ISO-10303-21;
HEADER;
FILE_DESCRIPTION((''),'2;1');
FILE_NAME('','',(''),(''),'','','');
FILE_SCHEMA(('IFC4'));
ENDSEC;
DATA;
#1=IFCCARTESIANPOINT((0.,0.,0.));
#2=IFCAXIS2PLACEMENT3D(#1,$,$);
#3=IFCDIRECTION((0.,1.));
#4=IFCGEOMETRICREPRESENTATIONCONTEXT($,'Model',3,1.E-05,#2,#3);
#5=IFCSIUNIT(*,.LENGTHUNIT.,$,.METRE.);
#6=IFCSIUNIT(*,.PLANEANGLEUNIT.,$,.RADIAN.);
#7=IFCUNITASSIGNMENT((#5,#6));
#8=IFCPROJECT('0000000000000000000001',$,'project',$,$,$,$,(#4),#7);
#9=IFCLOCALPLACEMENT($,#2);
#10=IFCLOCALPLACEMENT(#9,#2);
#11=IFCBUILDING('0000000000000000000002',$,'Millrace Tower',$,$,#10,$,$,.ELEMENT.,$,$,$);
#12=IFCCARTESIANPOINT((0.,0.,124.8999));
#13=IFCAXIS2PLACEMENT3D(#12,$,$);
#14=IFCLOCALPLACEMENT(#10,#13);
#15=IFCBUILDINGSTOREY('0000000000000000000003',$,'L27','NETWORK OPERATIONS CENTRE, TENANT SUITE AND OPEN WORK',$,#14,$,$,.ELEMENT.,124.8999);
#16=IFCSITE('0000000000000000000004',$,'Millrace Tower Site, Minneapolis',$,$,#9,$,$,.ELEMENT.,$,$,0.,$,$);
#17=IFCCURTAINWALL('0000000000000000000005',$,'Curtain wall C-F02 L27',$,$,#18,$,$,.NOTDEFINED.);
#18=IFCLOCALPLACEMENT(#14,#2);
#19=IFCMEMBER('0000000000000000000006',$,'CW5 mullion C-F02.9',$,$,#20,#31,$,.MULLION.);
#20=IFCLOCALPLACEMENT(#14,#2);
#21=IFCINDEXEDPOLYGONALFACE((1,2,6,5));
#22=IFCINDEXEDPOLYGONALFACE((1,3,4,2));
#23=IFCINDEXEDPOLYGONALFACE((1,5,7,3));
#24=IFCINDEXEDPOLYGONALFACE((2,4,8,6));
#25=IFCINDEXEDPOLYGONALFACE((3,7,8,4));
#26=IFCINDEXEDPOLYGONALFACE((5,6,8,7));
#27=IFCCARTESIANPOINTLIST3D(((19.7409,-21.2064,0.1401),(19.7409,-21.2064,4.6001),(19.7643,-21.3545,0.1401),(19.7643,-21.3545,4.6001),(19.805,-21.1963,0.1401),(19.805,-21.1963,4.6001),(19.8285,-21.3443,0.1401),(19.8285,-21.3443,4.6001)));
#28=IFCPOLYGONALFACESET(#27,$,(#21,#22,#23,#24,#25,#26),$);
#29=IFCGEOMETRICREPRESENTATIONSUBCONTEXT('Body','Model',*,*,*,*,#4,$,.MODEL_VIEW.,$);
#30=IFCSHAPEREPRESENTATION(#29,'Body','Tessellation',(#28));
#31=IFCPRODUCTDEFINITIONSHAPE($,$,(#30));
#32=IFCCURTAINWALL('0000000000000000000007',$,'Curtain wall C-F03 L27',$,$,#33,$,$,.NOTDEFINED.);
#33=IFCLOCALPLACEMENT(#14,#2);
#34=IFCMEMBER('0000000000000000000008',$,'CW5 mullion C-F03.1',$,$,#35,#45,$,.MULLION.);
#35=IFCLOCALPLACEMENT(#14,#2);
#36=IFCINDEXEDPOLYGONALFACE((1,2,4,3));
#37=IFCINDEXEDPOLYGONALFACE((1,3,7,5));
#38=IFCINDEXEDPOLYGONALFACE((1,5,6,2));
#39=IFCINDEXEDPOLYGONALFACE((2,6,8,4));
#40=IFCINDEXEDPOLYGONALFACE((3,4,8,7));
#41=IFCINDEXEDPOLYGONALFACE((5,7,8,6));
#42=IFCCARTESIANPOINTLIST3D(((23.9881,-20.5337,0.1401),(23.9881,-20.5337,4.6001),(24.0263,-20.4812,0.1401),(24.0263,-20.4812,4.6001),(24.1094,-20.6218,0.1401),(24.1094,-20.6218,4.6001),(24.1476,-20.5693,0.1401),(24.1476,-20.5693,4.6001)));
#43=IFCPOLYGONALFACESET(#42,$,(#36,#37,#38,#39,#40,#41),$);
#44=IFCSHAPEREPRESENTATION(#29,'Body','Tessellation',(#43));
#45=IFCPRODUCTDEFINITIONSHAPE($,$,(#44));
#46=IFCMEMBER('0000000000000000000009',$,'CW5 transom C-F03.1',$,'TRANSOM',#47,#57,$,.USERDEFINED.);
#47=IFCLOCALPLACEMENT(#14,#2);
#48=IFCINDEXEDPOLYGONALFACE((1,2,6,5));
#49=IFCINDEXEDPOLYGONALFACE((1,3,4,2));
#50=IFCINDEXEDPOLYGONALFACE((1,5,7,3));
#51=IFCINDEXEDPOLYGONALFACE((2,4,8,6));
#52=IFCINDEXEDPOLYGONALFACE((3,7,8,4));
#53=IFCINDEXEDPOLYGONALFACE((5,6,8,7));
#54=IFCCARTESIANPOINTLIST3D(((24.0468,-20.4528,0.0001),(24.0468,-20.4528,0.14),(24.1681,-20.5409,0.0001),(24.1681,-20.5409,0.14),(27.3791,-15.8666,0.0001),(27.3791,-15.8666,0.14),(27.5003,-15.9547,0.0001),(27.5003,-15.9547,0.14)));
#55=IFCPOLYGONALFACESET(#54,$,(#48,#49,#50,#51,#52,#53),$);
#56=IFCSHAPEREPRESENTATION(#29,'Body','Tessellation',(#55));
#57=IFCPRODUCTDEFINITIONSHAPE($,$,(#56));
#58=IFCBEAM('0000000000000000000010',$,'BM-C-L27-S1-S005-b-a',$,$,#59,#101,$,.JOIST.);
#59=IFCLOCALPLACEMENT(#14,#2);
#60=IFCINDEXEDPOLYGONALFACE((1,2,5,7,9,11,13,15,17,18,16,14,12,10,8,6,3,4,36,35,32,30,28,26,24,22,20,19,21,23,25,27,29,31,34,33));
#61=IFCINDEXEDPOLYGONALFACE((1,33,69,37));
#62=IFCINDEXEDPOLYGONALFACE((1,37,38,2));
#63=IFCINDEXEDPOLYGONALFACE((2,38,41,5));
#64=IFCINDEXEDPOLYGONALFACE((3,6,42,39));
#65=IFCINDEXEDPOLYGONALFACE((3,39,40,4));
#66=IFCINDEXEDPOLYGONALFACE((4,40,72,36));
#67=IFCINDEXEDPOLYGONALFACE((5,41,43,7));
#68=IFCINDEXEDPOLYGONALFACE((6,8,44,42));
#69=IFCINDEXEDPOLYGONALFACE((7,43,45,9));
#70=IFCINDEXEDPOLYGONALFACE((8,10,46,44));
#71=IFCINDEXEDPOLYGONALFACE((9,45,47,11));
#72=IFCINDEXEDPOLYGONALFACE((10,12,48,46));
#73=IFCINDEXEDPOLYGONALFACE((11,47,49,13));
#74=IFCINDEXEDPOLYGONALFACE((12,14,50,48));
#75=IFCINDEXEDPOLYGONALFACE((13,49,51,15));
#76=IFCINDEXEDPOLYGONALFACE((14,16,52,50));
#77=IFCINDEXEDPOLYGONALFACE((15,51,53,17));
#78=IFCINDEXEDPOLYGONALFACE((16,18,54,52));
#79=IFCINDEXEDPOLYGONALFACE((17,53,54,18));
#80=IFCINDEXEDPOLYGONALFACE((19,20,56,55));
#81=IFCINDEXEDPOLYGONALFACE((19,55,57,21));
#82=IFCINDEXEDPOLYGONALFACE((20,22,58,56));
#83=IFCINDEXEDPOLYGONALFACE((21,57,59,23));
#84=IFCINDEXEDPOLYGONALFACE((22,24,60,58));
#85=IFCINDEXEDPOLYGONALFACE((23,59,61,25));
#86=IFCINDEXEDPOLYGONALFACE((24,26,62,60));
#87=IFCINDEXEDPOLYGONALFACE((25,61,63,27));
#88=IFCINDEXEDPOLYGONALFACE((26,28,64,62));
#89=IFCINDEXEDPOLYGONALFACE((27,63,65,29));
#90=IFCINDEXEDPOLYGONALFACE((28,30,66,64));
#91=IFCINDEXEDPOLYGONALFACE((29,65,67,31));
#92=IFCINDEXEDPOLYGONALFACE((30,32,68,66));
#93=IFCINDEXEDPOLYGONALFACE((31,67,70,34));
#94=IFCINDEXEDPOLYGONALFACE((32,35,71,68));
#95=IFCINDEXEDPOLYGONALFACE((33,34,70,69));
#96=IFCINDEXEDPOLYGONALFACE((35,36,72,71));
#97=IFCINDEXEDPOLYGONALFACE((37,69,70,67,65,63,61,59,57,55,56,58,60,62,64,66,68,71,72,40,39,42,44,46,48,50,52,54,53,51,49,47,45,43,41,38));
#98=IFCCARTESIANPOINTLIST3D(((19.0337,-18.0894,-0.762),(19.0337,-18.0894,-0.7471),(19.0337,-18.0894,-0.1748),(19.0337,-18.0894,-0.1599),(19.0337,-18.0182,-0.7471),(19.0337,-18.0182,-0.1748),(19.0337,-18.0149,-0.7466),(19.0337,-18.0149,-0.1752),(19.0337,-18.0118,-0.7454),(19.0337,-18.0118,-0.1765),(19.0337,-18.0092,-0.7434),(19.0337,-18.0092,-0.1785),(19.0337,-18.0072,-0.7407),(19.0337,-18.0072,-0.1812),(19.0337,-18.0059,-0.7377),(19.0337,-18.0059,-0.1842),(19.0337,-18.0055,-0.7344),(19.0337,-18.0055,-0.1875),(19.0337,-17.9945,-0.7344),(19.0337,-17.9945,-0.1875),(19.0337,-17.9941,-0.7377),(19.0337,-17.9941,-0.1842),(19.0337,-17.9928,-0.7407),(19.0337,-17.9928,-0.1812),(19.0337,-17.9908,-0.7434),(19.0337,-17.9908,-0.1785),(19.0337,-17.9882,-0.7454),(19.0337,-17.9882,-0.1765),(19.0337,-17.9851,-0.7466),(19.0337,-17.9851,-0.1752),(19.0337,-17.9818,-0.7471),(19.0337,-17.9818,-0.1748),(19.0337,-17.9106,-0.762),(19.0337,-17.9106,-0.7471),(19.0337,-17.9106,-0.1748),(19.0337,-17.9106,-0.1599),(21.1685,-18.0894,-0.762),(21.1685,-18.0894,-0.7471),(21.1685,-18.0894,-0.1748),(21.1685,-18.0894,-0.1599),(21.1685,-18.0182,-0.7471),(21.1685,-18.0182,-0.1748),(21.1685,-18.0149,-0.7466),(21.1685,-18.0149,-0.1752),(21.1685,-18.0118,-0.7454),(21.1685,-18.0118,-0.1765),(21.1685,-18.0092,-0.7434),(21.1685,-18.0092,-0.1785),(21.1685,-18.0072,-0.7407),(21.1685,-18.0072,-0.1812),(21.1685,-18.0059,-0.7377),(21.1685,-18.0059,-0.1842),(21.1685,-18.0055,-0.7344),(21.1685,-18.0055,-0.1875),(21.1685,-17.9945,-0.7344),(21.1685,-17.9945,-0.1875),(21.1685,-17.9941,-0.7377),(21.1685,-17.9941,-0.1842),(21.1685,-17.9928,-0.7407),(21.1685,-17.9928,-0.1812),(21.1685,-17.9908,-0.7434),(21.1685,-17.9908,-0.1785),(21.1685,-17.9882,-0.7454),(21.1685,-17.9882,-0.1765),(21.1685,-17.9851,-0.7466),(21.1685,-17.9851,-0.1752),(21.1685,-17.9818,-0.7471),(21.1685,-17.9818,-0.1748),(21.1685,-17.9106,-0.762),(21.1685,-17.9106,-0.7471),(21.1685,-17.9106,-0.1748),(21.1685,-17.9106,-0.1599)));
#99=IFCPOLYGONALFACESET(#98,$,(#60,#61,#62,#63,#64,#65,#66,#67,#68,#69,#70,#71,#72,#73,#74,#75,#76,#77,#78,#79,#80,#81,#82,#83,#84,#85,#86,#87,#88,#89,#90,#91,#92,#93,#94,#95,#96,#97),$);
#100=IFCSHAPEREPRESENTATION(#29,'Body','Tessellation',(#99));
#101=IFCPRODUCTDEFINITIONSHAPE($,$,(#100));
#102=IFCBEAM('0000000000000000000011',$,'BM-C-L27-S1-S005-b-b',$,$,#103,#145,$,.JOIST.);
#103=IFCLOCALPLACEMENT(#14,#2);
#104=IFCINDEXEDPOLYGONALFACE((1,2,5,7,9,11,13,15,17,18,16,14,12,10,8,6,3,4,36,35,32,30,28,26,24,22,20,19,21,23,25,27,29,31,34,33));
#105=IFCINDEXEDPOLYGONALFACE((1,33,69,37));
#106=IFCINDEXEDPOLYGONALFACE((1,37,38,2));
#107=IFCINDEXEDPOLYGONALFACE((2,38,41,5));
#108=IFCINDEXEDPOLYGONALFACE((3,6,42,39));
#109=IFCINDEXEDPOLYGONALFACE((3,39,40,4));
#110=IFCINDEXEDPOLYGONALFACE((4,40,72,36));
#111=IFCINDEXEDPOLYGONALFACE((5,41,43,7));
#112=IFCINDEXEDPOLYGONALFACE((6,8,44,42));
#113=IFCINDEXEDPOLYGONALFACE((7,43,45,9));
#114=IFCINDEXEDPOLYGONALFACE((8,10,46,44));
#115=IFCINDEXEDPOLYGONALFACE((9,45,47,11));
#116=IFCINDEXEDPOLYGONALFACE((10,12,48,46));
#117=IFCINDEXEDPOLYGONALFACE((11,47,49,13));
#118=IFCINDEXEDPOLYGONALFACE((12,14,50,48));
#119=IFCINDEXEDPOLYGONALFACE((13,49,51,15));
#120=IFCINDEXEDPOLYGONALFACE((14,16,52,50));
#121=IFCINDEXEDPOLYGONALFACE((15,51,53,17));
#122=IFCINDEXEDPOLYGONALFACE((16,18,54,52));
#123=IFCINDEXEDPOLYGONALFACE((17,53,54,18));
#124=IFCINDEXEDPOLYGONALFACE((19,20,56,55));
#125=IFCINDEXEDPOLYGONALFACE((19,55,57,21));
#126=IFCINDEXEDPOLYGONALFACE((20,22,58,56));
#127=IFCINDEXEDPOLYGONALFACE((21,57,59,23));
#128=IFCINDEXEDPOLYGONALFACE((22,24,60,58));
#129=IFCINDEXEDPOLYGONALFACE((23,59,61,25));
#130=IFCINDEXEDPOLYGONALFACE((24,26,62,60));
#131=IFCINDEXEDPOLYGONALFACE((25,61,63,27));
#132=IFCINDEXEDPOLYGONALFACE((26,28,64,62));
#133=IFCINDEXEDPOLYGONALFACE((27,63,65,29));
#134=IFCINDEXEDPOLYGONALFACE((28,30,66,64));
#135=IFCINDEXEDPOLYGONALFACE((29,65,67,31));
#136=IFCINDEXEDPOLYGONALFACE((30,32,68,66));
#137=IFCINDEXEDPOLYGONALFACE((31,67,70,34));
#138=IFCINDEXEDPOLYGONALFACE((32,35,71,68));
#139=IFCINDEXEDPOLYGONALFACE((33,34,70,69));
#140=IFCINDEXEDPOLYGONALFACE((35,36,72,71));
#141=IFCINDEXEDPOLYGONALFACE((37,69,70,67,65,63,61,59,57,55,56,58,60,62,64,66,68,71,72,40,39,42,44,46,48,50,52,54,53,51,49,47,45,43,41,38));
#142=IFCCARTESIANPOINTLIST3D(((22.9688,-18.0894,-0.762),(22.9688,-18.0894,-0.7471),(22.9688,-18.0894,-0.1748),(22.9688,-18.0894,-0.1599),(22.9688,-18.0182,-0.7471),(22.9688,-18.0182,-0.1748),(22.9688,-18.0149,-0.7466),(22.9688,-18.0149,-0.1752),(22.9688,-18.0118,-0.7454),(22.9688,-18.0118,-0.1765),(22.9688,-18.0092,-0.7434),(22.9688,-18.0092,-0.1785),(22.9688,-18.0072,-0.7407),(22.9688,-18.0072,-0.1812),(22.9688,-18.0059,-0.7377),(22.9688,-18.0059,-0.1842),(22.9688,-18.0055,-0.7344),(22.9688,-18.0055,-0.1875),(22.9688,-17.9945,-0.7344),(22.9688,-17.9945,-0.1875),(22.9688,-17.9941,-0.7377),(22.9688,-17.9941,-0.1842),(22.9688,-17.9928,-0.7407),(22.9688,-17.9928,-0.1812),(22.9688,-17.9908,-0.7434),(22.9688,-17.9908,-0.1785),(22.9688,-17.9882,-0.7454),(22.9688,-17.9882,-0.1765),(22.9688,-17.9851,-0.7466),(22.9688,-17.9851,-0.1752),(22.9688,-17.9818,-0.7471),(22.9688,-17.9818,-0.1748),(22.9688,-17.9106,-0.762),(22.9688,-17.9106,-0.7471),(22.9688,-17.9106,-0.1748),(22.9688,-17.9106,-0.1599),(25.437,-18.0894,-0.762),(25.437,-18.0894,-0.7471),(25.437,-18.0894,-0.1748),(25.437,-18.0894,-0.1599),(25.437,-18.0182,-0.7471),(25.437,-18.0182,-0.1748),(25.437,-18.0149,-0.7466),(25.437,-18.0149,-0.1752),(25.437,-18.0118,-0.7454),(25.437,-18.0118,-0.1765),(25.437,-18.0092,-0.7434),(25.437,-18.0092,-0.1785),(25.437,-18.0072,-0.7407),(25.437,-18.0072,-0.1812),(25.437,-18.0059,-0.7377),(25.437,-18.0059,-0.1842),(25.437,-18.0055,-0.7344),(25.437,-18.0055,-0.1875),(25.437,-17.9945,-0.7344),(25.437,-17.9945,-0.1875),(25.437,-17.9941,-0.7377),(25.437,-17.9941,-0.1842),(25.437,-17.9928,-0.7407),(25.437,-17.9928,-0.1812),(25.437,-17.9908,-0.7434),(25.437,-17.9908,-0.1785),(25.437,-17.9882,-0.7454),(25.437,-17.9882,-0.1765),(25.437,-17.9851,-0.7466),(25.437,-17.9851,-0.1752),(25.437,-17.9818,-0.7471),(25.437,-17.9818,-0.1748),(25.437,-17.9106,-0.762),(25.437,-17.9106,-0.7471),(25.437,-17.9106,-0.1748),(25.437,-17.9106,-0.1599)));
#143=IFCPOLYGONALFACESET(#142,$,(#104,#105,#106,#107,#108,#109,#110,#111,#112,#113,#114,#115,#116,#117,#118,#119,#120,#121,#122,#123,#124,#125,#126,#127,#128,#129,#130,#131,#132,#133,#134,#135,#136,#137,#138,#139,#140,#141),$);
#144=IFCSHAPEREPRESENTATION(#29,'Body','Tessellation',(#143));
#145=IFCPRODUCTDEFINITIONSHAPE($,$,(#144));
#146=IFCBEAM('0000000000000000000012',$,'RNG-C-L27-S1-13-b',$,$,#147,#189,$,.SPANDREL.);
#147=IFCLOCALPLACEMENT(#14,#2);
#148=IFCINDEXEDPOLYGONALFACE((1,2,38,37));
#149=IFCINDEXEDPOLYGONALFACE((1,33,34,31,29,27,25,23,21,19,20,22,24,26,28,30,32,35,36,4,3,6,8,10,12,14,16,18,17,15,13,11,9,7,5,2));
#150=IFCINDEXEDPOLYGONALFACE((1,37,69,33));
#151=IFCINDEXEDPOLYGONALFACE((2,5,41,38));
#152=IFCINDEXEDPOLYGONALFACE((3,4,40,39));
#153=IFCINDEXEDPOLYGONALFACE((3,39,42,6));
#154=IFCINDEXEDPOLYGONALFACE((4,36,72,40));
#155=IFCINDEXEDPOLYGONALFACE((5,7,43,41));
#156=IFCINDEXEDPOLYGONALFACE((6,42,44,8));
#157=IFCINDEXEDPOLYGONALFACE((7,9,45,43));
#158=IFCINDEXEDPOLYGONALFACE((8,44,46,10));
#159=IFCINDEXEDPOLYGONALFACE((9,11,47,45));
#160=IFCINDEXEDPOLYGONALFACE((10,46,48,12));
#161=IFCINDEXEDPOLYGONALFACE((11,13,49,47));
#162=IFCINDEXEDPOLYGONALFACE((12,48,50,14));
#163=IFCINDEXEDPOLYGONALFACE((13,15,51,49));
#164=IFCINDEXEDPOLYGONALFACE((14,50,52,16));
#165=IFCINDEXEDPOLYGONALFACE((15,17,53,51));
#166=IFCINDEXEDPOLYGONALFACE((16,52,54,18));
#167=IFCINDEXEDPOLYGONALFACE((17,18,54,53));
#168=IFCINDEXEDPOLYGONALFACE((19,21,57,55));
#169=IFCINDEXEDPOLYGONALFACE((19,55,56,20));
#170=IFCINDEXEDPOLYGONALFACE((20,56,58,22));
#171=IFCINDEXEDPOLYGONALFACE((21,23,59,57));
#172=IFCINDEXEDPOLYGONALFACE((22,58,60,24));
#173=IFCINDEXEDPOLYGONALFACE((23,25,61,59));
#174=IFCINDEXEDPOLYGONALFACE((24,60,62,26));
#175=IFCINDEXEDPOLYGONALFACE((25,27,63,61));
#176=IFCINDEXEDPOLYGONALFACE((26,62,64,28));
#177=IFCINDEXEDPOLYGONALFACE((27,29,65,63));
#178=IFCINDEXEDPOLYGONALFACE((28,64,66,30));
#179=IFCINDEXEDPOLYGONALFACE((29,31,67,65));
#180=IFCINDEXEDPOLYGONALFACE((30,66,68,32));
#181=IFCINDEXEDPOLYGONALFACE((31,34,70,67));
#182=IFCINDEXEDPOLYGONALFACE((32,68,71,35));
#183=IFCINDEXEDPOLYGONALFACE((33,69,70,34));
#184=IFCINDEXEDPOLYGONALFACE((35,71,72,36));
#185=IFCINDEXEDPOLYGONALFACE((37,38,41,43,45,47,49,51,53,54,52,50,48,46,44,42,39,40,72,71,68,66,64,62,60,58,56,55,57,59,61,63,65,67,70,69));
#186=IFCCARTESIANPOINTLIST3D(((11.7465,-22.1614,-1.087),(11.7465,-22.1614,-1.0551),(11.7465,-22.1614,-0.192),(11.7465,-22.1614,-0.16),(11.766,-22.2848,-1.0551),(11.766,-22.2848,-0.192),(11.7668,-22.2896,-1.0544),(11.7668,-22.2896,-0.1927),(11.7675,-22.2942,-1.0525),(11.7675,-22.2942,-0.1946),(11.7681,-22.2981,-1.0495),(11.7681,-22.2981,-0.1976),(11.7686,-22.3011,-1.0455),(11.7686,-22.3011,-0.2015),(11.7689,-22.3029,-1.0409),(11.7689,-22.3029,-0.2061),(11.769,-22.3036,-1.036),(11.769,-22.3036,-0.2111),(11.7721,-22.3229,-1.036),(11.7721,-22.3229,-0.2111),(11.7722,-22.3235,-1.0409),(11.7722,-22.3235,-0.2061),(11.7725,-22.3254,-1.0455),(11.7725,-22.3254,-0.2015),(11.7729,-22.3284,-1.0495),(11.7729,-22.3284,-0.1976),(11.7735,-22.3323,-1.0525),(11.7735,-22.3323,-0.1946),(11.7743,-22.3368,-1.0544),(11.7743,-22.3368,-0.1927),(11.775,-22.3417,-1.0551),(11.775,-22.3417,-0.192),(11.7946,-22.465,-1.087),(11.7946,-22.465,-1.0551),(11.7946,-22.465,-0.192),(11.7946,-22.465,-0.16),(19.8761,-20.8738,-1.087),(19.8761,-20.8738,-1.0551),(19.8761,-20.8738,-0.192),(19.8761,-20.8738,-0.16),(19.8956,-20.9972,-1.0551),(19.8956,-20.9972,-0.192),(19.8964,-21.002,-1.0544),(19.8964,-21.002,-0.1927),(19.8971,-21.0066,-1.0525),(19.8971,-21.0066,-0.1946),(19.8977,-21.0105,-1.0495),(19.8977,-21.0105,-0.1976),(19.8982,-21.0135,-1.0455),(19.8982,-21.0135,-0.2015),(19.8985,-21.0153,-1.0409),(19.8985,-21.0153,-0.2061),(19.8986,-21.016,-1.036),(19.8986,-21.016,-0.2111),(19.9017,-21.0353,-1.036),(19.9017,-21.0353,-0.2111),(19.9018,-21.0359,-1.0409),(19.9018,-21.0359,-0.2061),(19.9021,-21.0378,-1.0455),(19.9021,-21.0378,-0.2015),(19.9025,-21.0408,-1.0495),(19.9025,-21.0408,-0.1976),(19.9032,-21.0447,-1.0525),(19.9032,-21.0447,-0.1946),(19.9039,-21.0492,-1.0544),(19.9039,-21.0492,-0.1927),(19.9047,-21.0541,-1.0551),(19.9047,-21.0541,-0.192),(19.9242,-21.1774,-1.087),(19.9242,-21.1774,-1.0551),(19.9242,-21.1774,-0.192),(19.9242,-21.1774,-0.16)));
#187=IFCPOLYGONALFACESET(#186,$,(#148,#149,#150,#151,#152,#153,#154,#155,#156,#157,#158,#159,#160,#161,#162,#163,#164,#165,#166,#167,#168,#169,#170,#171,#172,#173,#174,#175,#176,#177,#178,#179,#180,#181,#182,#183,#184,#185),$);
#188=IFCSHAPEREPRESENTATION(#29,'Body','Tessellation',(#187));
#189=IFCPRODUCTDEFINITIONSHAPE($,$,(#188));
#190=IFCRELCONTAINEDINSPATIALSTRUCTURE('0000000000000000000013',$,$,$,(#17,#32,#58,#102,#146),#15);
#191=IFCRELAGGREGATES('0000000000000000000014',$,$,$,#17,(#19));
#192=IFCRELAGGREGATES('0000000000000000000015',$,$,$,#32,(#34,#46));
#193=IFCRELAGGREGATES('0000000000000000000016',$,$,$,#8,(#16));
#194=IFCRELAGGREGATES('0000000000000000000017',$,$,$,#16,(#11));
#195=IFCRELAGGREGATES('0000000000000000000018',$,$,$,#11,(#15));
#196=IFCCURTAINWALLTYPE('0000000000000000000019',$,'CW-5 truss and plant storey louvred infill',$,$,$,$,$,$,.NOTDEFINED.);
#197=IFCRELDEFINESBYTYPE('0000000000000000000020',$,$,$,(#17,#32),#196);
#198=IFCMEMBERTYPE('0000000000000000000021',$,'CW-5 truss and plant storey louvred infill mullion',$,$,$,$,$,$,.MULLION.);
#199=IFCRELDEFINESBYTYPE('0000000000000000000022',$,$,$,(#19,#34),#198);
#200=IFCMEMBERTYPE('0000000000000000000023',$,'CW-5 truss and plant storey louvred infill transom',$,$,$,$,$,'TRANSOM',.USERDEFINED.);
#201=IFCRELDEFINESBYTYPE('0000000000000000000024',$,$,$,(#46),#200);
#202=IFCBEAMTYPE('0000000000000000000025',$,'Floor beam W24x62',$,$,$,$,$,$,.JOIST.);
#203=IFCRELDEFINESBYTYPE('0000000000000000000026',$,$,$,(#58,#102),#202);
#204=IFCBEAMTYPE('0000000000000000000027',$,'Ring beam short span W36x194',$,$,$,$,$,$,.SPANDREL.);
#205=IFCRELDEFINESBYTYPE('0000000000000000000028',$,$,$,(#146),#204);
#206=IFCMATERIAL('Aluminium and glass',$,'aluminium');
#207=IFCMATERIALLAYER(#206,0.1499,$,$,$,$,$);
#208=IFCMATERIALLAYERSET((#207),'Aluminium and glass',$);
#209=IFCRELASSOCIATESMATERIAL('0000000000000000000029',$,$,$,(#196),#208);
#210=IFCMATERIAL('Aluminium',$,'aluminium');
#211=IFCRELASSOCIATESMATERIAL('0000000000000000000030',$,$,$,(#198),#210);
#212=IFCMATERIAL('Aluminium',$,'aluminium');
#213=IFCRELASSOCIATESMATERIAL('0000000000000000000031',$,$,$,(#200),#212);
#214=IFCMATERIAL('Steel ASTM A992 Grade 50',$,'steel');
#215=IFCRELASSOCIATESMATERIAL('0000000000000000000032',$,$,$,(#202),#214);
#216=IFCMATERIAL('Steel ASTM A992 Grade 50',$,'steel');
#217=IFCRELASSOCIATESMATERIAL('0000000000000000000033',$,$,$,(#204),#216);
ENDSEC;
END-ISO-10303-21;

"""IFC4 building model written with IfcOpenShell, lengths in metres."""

from ifc_helpers import new_model, si_unit, direction, frame, origin, origin_2d, place, context, subcontext, project, spatial, rectangle, i_section, extrude, material, layer, layer_set, material_profile, profile_set, type_object, element, aggregate, save


model = new_model("IFC4")

# Units and contexts
model_context = context("Model", 3, precision=1e-05, world=origin(), true_north=direction((0.0, 1.0)))
body_context = subcontext(model_context, "Body", "Model", "MODEL_VIEW")
ifc_project = project(units=[si_unit("LENGTHUNIT", "METRE"), si_unit("PLANEANGLEUNIT", "RADIAN")], contexts=[model_context])

# Site, building, storey
site_placement = place(None, origin())
site = spatial("IfcSite", under=ifc_project, at=site_placement, Name="Millrace Tower Site, Minneapolis", CompositionType="ELEMENT", RefElevation=0.0)
building_placement = place(site_placement, origin())
building = spatial("IfcBuilding", under=site, at=building_placement, Name="Millrace Tower", CompositionType="ELEMENT")
storey_placement = place(building_placement, frame((0.0, 0.0, 124.8999)))
storey = spatial("IfcBuildingStorey", under=building, at=storey_placement, Name="L27", Description="NETWORK OPERATIONS CENTRE, TENANT SUITE AND OPEN WORK", CompositionType="ELEMENT", Elevation=124.8999)

# Curtain wall, member
ifc_material_1 = material(Name="Aluminium and glass", Category="aluminium")
ifc_layer_1 = layer(ifc_material_1, 0.1499)
ifc_layer_set_1 = layer_set([ifc_layer_1], Name="Aluminium and glass")
curtain_wall_type = type_object("IfcCurtainWallType", Name="CW-5 truss and plant storey louvred infill", PredefinedType="NOTDEFINED", material=ifc_layer_set_1)
placement = place(storey_placement, origin())
curtain_wall_1 = element("IfcCurtainWall", 1, at=placement, inside=storey, type_object=curtain_wall_type, Name="Curtain wall C-F02 L27", PredefinedType="NOTDEFINED")
ifc_material_2 = material(Name="Aluminium", Category="aluminium")
ifc_material_profile_1 = material_profile(ifc_material_2, rectangle(XDim=0.0649, YDim=0.1499, at=origin_2d()))
ifc_profile_set_1 = profile_set([ifc_material_profile_1], Name="Aluminium")
member_type_1 = type_object("IfcMemberType", Name="CW-5 truss and plant storey louvred infill mullion", PredefinedType="MULLION", material=ifc_profile_set_1)
member_1_placement = place(storey_placement, frame((19.7847, -21.2754, 0.1401), z_axis=(0.0, 0.0, 1.0), x_axis=(0.987688, 0.156434, 0.0)))
member_1 = element("IfcMember", 2, at=member_1_placement, type_object=member_type_1, Name="CW5 mullion C-F02.9", PredefinedType="MULLION", context=body_context, shape_type="SweptSolid", body=[
    extrude(rectangle(XDim=0.0649, YDim=0.1499, at=origin_2d()), origin(), (0.0, 0.0, 1.0), 4.46),
])
aggregate(curtain_wall_1, [member_1])

# Curtain wall, members
curtain_wall_2 = element("IfcCurtainWall", 3, at=placement, inside=storey, type_object=curtain_wall_type, Name="Curtain wall C-F03 L27", PredefinedType="NOTDEFINED")
member_2_placement = place(storey_placement, frame((24.0679, -20.5515, 0.1401), z_axis=(0.0, 0.0, 1.0), x_axis=(0.587785, 0.809017, 0.0)))
member_2 = element("IfcMember", 4, at=member_2_placement, type_object=member_type_1, Name="CW5 mullion C-F03.1", PredefinedType="MULLION", context=body_context, shape_type="SweptSolid", body=[
    extrude(rectangle(XDim=0.0649, YDim=0.1499, at=origin_2d()), origin(), (0.0, 0.0, 1.0), 4.46),
])
ifc_material_3 = material(Name="Aluminium", Category="aluminium")
ifc_material_profile_2 = material_profile(ifc_material_3, rectangle(XDim=0.1499, YDim=0.1399, at=origin_2d()))
ifc_profile_set_2 = profile_set([ifc_material_profile_2], Name="Aluminium")
member_type_2 = type_object("IfcMemberType", Name="CW-5 truss and plant storey louvred infill transom", ElementType="TRANSOM", PredefinedType="USERDEFINED", material=ifc_profile_set_2)
member_3_placement = place(storey_placement, frame((24.1074, -20.4968, 0.0701), z_axis=(0.587811, 0.808999, 0.0), x_axis=(-0.808999, 0.587811, 0.0)))
member_3 = element("IfcMember", 5, at=member_3_placement, type_object=member_type_2, Name="CW5 transom C-F03.1", ObjectType="TRANSOM", PredefinedType="USERDEFINED", context=body_context, shape_type="SweptSolid", body=[
    extrude(rectangle(XDim=0.1499, YDim=0.1399, at=origin_2d()), origin(), (0.0, 0.0, 1.0), 5.6689),
])
aggregate(curtain_wall_2, [member_2, member_3])

# Beams
ifc_material_4 = material(Name="Steel ASTM A992 Grade 50", Category="steel")
ifc_material_profile_3 = material_profile(ifc_material_4, i_section(OverallWidth=0.1787, OverallDepth=0.6021, WebThickness=0.011, FlangeThickness=0.0149, FilletRadius=0.0127, at=origin_2d()))
ifc_profile_set_3 = profile_set([ifc_material_profile_3], Name="Steel ASTM A992 Grade 50")
beam_type_1 = type_object("IfcBeamType", Name="Floor beam W24x62", PredefinedType="JOIST", material=ifc_profile_set_3)
beam_1_placement = place(storey_placement, frame((19.0337, -18.0, -0.4609), z_axis=(1.0, 0.0, 0.0), x_axis=(0.0, 1.0, 0.0)))
element("IfcBeam", 6, at=beam_1_placement, inside=storey, type_object=beam_type_1, Name="BM-C-L27-S1-S005-b-a", PredefinedType="JOIST", context=body_context, shape_type="SweptSolid", body=[
    extrude(i_section(OverallWidth=0.1787, OverallDepth=0.6021, WebThickness=0.011, FlangeThickness=0.0149, FilletRadius=0.0127, at=origin_2d()), origin(), (0.0, 0.0, 1.0), 2.1348),
])
beam_2_placement = place(storey_placement, frame((22.9688, -18.0, -0.4609), z_axis=(1.0, 0.0, 0.0), x_axis=(0.0, 1.0, 0.0)))
element("IfcBeam", 7, at=beam_2_placement, inside=storey, type_object=beam_type_1, Name="BM-C-L27-S1-S005-b-b", PredefinedType="JOIST", context=body_context, shape_type="SweptSolid", body=[
    extrude(i_section(OverallWidth=0.1787, OverallDepth=0.6021, WebThickness=0.011, FlangeThickness=0.0149, FilletRadius=0.0127, at=origin_2d()), origin(), (0.0, 0.0, 1.0), 2.4683),
])
ifc_material_5 = material(Name="Steel ASTM A992 Grade 50", Category="steel")
ifc_material_profile_4 = material_profile(ifc_material_5, i_section(OverallWidth=0.3074, OverallDepth=0.927, WebThickness=0.0195, FlangeThickness=0.032, FilletRadius=0.019, at=origin_2d()))
ifc_profile_set_4 = profile_set([ifc_material_profile_4], Name="Steel ASTM A992 Grade 50")
beam_type_2 = type_object("IfcBeamType", Name="Ring beam short span W36x194", PredefinedType="SPANDREL", material=ifc_profile_set_4)
beam_3_placement = place(storey_placement, frame((19.9001, -21.0256, -0.6235), z_axis=(-0.987689, -0.156433, 0.0), x_axis=(0.156433, -0.987689, 0.0)))
element("IfcBeam", 8, at=beam_3_placement, inside=storey, type_object=beam_type_2, Name="RNG-C-L27-S1-13-b", PredefinedType="SPANDREL", context=body_context, shape_type="SweptSolid", body=[
    extrude(i_section(OverallWidth=0.3074, OverallDepth=0.927, WebThickness=0.0195, FlangeThickness=0.032, FilletRadius=0.019, at=origin_2d()), origin(), (0.0, 0.0, 1.0), 8.231),
])

save(model, "model.ifc")
